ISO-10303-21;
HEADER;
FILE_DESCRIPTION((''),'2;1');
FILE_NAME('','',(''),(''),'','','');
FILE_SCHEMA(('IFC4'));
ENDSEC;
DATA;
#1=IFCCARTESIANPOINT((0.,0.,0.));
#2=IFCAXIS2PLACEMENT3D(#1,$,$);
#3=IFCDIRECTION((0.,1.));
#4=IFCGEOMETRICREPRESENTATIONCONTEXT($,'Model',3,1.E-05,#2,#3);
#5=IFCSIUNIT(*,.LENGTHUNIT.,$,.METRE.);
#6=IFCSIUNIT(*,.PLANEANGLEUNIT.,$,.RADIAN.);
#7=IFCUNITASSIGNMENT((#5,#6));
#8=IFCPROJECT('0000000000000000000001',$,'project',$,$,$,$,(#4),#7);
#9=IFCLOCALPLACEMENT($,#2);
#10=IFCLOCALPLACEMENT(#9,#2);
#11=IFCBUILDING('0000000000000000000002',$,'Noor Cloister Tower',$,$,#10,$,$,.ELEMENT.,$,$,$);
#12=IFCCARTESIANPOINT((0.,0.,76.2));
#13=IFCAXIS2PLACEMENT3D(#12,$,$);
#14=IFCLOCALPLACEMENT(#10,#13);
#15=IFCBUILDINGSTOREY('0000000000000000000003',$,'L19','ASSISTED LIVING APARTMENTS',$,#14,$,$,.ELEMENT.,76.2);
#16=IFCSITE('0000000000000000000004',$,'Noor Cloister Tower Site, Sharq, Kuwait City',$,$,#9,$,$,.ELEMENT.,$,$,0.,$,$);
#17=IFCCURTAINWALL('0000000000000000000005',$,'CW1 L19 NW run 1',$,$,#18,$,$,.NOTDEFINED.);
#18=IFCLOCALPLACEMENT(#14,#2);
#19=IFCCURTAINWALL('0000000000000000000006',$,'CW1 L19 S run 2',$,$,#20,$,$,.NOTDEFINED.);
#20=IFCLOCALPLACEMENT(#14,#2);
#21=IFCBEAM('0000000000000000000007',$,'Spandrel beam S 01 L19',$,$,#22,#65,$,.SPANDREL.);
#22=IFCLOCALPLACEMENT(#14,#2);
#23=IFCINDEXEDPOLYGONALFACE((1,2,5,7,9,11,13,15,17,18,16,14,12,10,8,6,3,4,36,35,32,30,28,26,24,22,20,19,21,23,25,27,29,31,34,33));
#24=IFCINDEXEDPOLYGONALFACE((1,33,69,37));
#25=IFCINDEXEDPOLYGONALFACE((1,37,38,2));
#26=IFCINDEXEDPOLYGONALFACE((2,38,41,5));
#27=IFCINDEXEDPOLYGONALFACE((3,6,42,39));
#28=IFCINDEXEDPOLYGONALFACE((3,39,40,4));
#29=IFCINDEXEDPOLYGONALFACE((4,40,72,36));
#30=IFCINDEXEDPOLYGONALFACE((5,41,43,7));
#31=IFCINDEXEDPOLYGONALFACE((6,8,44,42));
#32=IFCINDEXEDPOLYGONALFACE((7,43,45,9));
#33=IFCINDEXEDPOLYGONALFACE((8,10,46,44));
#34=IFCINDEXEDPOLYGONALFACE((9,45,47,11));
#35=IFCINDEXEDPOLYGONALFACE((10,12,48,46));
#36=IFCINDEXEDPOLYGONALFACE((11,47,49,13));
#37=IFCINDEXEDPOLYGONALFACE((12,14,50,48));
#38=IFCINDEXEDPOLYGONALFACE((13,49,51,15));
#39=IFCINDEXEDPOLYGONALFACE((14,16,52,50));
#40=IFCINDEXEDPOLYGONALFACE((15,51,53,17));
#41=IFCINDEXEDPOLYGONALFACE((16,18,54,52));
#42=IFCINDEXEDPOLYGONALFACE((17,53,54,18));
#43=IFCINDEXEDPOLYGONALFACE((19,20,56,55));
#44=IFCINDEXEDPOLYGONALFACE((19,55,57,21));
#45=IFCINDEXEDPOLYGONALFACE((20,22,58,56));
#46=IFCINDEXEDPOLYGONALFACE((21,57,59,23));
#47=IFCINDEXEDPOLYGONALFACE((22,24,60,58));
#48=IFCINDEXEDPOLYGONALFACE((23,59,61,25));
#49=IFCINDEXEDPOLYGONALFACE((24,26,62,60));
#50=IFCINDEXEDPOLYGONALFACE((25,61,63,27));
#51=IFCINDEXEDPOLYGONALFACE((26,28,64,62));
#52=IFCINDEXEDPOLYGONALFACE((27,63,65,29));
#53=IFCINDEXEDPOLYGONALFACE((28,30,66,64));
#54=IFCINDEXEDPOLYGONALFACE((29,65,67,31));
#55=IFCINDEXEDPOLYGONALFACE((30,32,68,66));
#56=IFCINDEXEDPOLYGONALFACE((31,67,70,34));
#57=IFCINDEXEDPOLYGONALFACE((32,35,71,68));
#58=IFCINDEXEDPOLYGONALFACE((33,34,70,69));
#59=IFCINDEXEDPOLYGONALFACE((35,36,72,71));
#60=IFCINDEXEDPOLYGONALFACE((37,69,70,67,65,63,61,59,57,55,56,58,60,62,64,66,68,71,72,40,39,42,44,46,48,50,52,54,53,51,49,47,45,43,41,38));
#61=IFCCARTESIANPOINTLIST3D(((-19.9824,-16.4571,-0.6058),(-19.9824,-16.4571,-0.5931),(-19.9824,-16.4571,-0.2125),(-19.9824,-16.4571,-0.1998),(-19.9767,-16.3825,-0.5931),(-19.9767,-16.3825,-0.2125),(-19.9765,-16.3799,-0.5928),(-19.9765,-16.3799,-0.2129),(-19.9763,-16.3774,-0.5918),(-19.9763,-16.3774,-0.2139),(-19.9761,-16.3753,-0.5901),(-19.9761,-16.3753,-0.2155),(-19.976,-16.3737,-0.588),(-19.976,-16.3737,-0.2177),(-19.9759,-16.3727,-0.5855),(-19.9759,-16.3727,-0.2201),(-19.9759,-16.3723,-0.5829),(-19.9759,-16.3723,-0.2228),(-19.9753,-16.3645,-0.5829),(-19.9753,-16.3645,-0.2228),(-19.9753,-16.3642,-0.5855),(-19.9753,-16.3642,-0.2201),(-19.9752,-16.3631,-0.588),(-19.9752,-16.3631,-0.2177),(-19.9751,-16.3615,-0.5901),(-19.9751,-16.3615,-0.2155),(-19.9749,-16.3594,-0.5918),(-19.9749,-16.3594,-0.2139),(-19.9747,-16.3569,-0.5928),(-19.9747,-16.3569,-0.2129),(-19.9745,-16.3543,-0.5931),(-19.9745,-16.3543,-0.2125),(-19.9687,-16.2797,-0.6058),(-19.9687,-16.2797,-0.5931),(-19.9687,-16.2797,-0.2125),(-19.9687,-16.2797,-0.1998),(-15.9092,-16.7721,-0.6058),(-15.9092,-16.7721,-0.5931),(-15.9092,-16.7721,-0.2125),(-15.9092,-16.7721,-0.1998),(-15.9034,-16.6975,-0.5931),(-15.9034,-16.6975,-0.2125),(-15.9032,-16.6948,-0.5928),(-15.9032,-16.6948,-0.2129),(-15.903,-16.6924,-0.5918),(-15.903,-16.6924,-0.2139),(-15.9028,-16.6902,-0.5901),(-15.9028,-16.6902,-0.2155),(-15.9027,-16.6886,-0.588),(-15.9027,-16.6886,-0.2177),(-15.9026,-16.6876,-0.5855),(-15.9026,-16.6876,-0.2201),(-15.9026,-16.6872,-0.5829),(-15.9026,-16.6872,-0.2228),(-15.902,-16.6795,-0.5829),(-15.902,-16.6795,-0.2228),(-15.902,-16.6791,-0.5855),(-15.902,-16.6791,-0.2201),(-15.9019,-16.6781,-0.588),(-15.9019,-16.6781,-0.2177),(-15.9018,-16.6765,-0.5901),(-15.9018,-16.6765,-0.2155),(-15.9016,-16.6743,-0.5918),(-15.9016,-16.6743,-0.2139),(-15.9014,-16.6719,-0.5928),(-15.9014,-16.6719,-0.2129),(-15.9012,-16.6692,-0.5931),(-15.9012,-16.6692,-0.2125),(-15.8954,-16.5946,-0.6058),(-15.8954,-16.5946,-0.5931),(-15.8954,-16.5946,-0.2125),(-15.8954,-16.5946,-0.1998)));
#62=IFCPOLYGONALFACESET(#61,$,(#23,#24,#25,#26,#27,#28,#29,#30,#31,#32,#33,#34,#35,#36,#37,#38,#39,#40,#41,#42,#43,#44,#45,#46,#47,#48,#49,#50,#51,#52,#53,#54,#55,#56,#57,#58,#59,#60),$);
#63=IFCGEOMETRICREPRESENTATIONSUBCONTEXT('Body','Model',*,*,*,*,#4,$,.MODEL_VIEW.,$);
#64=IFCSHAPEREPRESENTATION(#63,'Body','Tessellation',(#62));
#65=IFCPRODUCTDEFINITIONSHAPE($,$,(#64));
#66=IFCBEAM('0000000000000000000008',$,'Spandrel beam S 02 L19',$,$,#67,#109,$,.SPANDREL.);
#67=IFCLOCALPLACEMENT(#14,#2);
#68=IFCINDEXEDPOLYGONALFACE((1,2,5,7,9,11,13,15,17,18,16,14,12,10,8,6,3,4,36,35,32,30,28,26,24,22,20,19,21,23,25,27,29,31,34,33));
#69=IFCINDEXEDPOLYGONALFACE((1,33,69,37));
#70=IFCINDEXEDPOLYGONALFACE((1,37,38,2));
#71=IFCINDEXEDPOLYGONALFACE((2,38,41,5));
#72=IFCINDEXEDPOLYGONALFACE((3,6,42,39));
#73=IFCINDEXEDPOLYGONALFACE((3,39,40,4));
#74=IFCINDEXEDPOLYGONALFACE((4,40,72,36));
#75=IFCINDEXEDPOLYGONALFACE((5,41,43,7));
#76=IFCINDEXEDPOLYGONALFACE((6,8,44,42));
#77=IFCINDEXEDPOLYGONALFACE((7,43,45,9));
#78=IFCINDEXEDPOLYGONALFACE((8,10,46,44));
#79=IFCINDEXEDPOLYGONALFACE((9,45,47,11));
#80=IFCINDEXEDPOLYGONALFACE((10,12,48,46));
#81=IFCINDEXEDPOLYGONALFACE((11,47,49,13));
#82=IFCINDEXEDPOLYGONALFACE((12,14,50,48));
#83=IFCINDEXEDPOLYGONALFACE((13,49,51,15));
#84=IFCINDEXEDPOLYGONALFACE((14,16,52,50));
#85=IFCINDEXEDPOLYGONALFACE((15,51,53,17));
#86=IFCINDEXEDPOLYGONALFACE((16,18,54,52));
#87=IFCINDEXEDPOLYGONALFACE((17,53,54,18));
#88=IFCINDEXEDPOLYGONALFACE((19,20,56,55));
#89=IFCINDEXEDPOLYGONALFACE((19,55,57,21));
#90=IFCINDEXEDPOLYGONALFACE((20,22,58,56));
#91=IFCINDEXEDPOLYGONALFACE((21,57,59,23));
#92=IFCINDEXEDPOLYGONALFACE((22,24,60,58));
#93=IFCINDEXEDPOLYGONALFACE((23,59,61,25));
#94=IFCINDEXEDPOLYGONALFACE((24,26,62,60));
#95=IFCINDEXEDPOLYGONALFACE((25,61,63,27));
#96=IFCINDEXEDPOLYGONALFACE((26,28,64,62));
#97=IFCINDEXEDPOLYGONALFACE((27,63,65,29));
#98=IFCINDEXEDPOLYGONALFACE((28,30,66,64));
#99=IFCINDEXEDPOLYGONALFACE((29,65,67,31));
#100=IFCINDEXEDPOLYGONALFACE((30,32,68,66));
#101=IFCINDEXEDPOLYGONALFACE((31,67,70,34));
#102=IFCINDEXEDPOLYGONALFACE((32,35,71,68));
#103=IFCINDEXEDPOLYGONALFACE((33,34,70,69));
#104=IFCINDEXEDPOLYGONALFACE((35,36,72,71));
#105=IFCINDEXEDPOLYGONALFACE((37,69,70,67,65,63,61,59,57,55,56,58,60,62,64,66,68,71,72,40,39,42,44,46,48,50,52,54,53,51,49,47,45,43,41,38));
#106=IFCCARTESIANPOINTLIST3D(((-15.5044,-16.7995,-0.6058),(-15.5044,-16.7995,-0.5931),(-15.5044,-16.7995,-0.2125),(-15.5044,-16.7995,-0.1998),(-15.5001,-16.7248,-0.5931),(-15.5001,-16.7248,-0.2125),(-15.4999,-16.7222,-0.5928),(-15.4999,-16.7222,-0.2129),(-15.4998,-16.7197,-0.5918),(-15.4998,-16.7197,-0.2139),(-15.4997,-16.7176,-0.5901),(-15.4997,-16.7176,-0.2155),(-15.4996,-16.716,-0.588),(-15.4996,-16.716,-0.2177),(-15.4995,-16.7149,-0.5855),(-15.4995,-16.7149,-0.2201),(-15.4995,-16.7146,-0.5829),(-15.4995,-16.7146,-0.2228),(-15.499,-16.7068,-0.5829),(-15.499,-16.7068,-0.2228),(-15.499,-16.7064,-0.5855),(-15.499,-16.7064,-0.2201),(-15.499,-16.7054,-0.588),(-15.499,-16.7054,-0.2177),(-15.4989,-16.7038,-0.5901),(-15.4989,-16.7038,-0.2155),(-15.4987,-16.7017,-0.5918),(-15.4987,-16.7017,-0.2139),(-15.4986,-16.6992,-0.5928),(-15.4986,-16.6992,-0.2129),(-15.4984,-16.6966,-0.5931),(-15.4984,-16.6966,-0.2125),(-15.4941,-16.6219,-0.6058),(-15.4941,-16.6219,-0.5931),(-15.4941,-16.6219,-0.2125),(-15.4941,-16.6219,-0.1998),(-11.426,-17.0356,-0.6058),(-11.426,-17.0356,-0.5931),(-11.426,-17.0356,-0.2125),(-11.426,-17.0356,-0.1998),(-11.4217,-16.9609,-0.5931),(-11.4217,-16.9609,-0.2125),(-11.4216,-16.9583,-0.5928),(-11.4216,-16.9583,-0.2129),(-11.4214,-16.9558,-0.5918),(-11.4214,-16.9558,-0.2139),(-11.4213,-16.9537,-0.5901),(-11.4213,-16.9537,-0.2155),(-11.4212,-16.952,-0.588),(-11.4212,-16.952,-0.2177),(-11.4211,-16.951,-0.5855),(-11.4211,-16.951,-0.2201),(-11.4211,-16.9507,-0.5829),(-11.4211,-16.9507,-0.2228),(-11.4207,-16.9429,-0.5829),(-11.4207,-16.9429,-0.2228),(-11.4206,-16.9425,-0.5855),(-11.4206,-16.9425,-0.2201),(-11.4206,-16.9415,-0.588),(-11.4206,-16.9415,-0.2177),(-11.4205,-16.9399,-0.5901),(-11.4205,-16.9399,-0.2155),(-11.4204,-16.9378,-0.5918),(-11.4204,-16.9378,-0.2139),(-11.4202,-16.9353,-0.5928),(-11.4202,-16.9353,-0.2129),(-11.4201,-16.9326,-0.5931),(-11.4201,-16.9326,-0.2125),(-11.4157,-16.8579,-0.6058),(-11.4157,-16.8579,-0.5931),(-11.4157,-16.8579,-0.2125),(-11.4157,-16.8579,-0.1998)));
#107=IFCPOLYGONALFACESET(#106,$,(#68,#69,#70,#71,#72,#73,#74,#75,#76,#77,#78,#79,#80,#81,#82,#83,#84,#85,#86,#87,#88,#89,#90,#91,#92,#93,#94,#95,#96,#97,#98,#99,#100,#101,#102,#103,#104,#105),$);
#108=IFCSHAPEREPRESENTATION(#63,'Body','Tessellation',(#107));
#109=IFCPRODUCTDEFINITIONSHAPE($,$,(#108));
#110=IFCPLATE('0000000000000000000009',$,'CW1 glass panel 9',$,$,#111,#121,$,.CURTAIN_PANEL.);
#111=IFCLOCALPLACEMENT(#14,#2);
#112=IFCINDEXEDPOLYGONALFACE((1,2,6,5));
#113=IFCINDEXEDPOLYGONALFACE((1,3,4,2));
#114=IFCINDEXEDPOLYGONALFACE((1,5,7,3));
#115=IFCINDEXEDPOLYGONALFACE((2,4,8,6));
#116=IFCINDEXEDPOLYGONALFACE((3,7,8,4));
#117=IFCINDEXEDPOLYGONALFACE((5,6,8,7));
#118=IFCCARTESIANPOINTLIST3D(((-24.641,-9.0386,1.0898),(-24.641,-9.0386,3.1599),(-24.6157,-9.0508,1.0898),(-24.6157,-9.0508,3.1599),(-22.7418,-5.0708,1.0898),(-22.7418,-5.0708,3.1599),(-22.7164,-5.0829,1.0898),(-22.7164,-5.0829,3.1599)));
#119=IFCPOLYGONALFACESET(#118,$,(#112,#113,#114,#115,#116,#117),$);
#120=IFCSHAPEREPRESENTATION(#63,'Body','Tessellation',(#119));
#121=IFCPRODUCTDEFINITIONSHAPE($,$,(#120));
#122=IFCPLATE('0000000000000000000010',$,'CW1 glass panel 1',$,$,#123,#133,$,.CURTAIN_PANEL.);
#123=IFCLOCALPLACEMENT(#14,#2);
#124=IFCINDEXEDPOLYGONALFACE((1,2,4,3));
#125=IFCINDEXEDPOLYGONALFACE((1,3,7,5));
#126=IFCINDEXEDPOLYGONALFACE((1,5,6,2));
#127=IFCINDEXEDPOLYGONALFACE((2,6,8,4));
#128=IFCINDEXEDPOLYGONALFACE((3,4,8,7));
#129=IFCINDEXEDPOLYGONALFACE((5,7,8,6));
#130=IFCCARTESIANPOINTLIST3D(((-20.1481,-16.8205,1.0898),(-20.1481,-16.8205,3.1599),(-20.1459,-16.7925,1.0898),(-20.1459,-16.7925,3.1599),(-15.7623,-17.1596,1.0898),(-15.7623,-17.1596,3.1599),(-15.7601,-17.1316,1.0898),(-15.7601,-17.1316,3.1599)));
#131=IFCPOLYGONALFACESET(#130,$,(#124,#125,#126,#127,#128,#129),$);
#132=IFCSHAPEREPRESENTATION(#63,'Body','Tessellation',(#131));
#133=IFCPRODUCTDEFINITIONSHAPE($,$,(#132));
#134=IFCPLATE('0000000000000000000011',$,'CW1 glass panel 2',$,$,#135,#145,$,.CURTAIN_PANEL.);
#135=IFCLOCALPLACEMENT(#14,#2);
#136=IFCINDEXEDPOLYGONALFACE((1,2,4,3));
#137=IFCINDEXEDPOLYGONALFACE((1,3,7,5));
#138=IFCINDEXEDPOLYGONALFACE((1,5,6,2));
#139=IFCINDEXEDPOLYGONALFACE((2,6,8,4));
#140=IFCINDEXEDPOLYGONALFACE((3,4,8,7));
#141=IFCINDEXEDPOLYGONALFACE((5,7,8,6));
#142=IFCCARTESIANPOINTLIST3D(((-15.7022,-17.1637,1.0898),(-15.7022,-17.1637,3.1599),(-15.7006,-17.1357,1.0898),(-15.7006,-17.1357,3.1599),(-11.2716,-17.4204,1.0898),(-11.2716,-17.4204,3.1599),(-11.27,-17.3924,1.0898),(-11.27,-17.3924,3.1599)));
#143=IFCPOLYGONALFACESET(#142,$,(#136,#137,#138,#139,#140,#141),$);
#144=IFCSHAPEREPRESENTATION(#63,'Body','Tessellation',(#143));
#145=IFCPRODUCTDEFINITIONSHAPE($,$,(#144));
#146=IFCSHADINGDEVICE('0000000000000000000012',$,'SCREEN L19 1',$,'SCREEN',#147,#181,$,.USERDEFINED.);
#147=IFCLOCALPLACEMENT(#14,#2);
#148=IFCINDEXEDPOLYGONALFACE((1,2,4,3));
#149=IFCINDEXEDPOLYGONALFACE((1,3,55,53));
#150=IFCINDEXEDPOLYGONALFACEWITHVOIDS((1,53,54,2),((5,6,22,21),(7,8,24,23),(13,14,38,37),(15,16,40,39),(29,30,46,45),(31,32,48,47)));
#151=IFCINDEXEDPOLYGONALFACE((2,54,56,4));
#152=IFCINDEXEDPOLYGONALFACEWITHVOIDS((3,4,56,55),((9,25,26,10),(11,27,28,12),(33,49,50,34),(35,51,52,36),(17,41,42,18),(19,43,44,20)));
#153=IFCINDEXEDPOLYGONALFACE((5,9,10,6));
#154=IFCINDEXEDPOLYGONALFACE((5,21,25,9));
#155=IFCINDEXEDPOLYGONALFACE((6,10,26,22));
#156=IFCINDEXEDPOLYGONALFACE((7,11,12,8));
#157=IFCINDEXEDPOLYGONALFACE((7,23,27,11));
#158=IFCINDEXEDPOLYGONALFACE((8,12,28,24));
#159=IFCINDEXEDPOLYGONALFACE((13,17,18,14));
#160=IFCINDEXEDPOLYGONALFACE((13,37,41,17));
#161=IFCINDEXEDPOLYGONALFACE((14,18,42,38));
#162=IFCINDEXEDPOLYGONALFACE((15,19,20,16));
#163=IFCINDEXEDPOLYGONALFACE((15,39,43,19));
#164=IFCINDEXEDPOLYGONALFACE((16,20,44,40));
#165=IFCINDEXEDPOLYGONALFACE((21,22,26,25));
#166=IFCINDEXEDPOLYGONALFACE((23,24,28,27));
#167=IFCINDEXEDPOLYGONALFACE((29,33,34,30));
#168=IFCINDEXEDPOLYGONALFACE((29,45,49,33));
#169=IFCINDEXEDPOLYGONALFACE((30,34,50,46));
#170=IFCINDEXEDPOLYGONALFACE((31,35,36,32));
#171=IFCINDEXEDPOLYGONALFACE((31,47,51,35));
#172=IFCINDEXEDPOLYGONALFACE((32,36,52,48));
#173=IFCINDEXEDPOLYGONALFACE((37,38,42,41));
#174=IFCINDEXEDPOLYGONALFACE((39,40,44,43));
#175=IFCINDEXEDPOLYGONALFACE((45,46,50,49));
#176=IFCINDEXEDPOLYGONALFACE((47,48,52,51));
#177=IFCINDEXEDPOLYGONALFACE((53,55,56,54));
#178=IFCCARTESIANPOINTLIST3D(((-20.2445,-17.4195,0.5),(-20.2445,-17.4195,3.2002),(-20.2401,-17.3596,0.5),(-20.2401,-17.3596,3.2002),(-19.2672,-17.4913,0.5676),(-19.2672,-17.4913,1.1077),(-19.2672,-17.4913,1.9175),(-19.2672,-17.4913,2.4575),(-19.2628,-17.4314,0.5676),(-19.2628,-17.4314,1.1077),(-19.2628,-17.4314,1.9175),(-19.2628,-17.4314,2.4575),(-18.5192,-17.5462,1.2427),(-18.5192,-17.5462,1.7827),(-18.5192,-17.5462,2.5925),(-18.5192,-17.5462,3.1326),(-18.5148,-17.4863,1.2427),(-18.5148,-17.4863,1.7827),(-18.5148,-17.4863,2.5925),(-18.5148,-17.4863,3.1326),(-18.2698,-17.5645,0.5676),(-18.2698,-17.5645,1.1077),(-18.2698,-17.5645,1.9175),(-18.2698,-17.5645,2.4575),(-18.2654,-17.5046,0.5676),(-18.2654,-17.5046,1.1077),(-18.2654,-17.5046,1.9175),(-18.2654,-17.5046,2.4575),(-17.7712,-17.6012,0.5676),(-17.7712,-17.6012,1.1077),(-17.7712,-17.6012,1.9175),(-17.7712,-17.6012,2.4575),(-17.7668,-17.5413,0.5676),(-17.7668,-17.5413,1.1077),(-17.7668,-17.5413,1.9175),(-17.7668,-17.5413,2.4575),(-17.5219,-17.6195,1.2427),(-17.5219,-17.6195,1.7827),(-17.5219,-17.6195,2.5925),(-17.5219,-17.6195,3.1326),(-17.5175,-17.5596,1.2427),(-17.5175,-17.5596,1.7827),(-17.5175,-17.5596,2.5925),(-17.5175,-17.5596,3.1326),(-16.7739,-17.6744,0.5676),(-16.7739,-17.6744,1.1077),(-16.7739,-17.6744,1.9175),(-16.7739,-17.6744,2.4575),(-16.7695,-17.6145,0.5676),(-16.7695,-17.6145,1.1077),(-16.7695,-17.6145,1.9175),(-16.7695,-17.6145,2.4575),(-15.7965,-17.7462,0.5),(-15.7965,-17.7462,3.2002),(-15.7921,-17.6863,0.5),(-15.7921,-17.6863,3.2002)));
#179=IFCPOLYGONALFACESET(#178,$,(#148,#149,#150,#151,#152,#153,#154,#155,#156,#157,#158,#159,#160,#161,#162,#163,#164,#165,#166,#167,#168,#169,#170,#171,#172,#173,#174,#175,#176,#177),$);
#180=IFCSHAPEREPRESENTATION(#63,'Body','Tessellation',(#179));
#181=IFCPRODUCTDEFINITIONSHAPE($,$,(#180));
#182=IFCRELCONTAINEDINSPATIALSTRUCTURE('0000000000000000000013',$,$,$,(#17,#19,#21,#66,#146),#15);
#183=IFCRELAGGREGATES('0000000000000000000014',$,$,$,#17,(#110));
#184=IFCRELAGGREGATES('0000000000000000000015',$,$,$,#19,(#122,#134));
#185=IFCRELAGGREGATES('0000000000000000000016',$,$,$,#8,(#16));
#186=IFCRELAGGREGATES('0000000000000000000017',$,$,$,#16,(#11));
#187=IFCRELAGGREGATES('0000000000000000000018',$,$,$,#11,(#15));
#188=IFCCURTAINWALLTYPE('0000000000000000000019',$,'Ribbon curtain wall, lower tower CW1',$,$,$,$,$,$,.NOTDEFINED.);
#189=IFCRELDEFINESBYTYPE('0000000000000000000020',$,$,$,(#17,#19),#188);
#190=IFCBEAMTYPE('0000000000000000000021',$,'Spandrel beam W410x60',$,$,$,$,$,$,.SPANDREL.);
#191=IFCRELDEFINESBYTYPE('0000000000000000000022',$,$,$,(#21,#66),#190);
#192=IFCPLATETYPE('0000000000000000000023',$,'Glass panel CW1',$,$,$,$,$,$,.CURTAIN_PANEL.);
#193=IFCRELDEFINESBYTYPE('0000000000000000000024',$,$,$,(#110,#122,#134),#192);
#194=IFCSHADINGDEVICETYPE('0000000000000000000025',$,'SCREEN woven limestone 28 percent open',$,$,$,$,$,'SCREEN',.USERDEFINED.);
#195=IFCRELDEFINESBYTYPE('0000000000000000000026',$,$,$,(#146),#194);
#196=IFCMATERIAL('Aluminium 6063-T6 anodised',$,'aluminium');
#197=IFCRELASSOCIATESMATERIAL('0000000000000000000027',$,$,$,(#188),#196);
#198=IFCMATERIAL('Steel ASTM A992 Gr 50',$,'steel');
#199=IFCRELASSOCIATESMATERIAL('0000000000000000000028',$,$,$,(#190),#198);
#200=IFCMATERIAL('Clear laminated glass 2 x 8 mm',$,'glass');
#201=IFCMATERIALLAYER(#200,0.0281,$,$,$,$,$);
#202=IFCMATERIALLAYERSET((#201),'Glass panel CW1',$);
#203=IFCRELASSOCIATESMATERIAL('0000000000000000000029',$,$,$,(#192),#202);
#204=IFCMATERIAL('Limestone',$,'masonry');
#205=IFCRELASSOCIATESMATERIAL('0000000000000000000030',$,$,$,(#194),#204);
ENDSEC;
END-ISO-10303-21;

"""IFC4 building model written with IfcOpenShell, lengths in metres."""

from ifc_helpers import new_model, si_unit, direction, frame, origin, origin_2d, place, context, subcontext, project, spatial, polyline, rectangle, i_section, outline, extrude, material, layer, layer_set, material_profile, profile_set, type_object, element, aggregate, save


model = new_model("IFC4")

# Units and contexts
model_context = context("Model", 3, precision=1e-05, world=origin(), true_north=direction((0.0, 1.0)))
body_context = subcontext(model_context, "Body", "Model", "MODEL_VIEW")
ifc_project = project(units=[si_unit("LENGTHUNIT", "METRE"), si_unit("PLANEANGLEUNIT", "RADIAN")], contexts=[model_context])

# Site, building, storey
site_placement = place(None, origin())
site = spatial("IfcSite", under=ifc_project, at=site_placement, Name="Noor Cloister Tower Site, Sharq, Kuwait City", CompositionType="ELEMENT", RefElevation=0.0)
building_placement = place(site_placement, origin())
building = spatial("IfcBuilding", under=site, at=building_placement, Name="Noor Cloister Tower", CompositionType="ELEMENT")
storey_placement = place(building_placement, frame((0.0, 0.0, 76.2)))
storey = spatial("IfcBuildingStorey", under=building, at=storey_placement, Name="L19", Description="ASSISTED LIVING APARTMENTS", CompositionType="ELEMENT", Elevation=76.2)

# Curtain wall
ifc_material_1 = material(Name="Aluminium 6063-T6 anodised", Category="aluminium")
curtain_wall_type = type_object("IfcCurtainWallType", Name="Ribbon curtain wall, lower tower CW1", PredefinedType="NOTDEFINED", material=ifc_material_1)
curtain_wall_1_placement = place(storey_placement, origin())
curtain_wall_1 = element("IfcCurtainWall", 1, at=curtain_wall_1_placement, inside=storey, type_object=curtain_wall_type, Name="CW1 L19 NW run 1", PredefinedType="NOTDEFINED")

# Curtain wall
curtain_wall_2_placement = place(storey_placement, origin())
curtain_wall_2 = element("IfcCurtainWall", 2, at=curtain_wall_2_placement, inside=storey, type_object=curtain_wall_type, Name="CW1 L19 S run 2", PredefinedType="NOTDEFINED")

# Beams
ifc_material_2 = material(Name="Steel ASTM A992 Gr 50", Category="steel")
ifc_material_profile_1 = material_profile(ifc_material_2, i_section(OverallWidth=0.178, OverallDepth=0.406, WebThickness=0.0078, FlangeThickness=0.0127, FilletRadius=0.0103, at=origin_2d()), Name="W410x60")
ifc_profile_set_1 = profile_set([ifc_material_profile_1], Name="Steel ASTM A992 Gr 50")
beam_type_1 = type_object("IfcBeamType", Name="Spandrel beam W410x60", PredefinedType="SPANDREL", material=ifc_profile_set_1)
beam_1_placement = place(storey_placement, frame((-19.9756, -16.3684, -0.4028), z_axis=(0.997024, -0.077089, 0.0), x_axis=(0.077089, 0.997024, 0.0)))
element("IfcBeam", 3, at=beam_1_placement, inside=storey, type_object=beam_type_1, Name="Spandrel beam S 01 L19", PredefinedType="SPANDREL", context=body_context, shape_type="SweptSolid", body=[
    extrude(i_section(OverallWidth=0.178, OverallDepth=0.406, WebThickness=0.0078, FlangeThickness=0.0127, FilletRadius=0.0103, at=origin_2d()), origin(), (0.0, 0.0, 1.0), 4.0854),
])
beam_2_placement = place(storey_placement, frame((-15.4993, -16.7107, -0.4028), z_axis=(0.998329, -0.05779, 0.0), x_axis=(0.05779, 0.998329, 0.0)))
element("IfcBeam", 4, at=beam_2_placement, inside=storey, type_object=beam_type_1, Name="Spandrel beam S 02 L19", PredefinedType="SPANDREL", context=body_context, shape_type="SweptSolid", body=[
    extrude(i_section(OverallWidth=0.178, OverallDepth=0.406, WebThickness=0.0078, FlangeThickness=0.0127, FilletRadius=0.0103, at=origin_2d()), origin(), (0.0, 0.0, 1.0), 4.0852),
])

# Plates
ifc_material_3 = material(Name="Clear laminated glass 2 x 8 mm", Category="glass")
ifc_layer = layer(ifc_material_3, 0.0281)
ifc_layer_set = layer_set([ifc_layer], Name="Glass panel CW1")
plate_type = type_object("IfcPlateType", Name="Glass panel CW1", PredefinedType="CURTAIN_PANEL", material=ifc_layer_set)
plate_1_placement = place(storey_placement, frame((-23.6787, -7.0608, 1.0898), z_axis=(0.0, 0.0, 1.0), x_axis=(-0.431748, -0.901994, 0.0)))
plate_1 = element("IfcPlate", 5, at=plate_1_placement, type_object=plate_type, Name="CW1 glass panel 9", PredefinedType="CURTAIN_PANEL", context=body_context, shape_type="SweptSolid", body=[
    extrude(rectangle(XDim=4.3989, YDim=0.0281, at=origin_2d()), origin(), (0.0, 0.0, 1.0), 2.0701),
])
aggregate(curtain_wall_1, [plate_1])
plate_2_placement = place(storey_placement, frame((-17.9541, -16.9761, 1.0898), z_axis=(0.0, 0.0, 1.0), x_axis=(0.997024, -0.077093, 0.0)))
plate_2 = element("IfcPlate", 6, at=plate_2_placement, type_object=plate_type, Name="CW1 glass panel 1", PredefinedType="CURTAIN_PANEL", context=body_context, shape_type="SweptSolid", body=[
    extrude(rectangle(XDim=4.3989, YDim=0.0281, at=origin_2d()), origin(), (0.0, 0.0, 1.0), 2.0701),
])
plate_3_placement = place(storey_placement, frame((-13.4861, -17.2781, 1.0898), z_axis=(0.0, 0.0, 1.0), x_axis=(0.998326, -0.057845, 0.0)))
plate_3 = element("IfcPlate", 7, at=plate_3_placement, type_object=plate_type, Name="CW1 glass panel 2", PredefinedType="CURTAIN_PANEL", context=body_context, shape_type="SweptSolid", body=[
    extrude(rectangle(XDim=4.438, YDim=0.0281, at=origin_2d()), origin(), (0.0, 0.0, 1.0), 2.0701),
])
aggregate(curtain_wall_2, [plate_2, plate_3])

# Shading device
ifc_material_4 = material(Name="Limestone", Category="masonry")
ifc_material_profile_2 = material_profile(ifc_material_4, outline(polyline([(-2.23, -1.3501), (2.23, -1.3501), (2.23, 1.3501), (-2.23, 1.3501), (-2.23, -1.3501)]), holes=[polyline([(-1.25, -1.2825), (-0.25, -1.2825), (-0.25, -0.7424), (-1.25, -0.7424), (-1.25, -1.2825)]), polyline([(0.25, -1.2825), (1.25, -1.2825), (1.25, -0.7424), (0.25, -0.7424), (0.25, -1.2825)]), polyline([(-0.5, -0.6074), (0.5, -0.6074), (0.5, -0.0674), (-0.5, -0.0674), (-0.5, -0.6074)]), polyline([(-1.25, 0.0674), (-0.25, 0.0674), (-0.25, 0.6074), (-1.25, 0.6074), (-1.25, 0.0674)]), polyline([(0.25, 0.0674), (1.25, 0.0674), (1.25, 0.6074), (0.25, 0.6074), (0.25, 0.0674)]), polyline([(-0.5, 0.7424), (0.5, 0.7424), (0.5, 1.2825), (-0.5, 1.2825), (-0.5, 0.7424)])]), Name="Woven screen 28 percent open")
ifc_profile_set_2 = profile_set([ifc_material_profile_2], Name="Limestone")
shading_device_type = type_object("IfcShadingDeviceType", Name="SCREEN woven limestone 28 percent open", ElementType="SCREEN", PredefinedType="USERDEFINED", material=ifc_profile_set_2)
shading_device_1_placement = place(storey_placement, frame((-18.0161, -17.5229, 1.8501), z_axis=(-0.073272, -0.997312, 0.0), x_axis=(0.997312, -0.073272, 0.0)))
element("IfcShadingDevice", 8, at=shading_device_1_placement, inside=storey, type_object=shading_device_type, Name="SCREEN L19 1", ObjectType="SCREEN", PredefinedType="USERDEFINED", context=body_context, shape_type="SweptSolid", body=[
    extrude(outline(polyline([(-2.23, -1.3501), (2.23, -1.3501), (2.23, 1.3501), (-2.23, 1.3501), (-2.23, -1.3501)]), holes=[polyline([(-1.25, -1.2825), (-0.25, -1.2825), (-0.25, -0.7424), (-1.25, -0.7424), (-1.25, -1.2825)]), polyline([(0.25, -1.2825), (1.25, -1.2825), (1.25, -0.7424), (0.25, -0.7424), (0.25, -1.2825)]), polyline([(-0.5, -0.6074), (0.5, -0.6074), (0.5, -0.0674), (-0.5, -0.0674), (-0.5, -0.6074)]), polyline([(-1.25, 0.0674), (-0.25, 0.0674), (-0.25, 0.6074), (-1.25, 0.6074), (-1.25, 0.0674)]), polyline([(0.25, 0.0674), (1.25, 0.0674), (1.25, 0.6074), (0.25, 0.6074), (0.25, 0.0674)]), polyline([(-0.5, 0.7424), (0.5, 0.7424), (0.5, 1.2825), (-0.5, 1.2825), (-0.5, 0.7424)])]), origin(), (0.0, 0.0, 1.0), 0.0601),
])

save(model, "model.ifc")
